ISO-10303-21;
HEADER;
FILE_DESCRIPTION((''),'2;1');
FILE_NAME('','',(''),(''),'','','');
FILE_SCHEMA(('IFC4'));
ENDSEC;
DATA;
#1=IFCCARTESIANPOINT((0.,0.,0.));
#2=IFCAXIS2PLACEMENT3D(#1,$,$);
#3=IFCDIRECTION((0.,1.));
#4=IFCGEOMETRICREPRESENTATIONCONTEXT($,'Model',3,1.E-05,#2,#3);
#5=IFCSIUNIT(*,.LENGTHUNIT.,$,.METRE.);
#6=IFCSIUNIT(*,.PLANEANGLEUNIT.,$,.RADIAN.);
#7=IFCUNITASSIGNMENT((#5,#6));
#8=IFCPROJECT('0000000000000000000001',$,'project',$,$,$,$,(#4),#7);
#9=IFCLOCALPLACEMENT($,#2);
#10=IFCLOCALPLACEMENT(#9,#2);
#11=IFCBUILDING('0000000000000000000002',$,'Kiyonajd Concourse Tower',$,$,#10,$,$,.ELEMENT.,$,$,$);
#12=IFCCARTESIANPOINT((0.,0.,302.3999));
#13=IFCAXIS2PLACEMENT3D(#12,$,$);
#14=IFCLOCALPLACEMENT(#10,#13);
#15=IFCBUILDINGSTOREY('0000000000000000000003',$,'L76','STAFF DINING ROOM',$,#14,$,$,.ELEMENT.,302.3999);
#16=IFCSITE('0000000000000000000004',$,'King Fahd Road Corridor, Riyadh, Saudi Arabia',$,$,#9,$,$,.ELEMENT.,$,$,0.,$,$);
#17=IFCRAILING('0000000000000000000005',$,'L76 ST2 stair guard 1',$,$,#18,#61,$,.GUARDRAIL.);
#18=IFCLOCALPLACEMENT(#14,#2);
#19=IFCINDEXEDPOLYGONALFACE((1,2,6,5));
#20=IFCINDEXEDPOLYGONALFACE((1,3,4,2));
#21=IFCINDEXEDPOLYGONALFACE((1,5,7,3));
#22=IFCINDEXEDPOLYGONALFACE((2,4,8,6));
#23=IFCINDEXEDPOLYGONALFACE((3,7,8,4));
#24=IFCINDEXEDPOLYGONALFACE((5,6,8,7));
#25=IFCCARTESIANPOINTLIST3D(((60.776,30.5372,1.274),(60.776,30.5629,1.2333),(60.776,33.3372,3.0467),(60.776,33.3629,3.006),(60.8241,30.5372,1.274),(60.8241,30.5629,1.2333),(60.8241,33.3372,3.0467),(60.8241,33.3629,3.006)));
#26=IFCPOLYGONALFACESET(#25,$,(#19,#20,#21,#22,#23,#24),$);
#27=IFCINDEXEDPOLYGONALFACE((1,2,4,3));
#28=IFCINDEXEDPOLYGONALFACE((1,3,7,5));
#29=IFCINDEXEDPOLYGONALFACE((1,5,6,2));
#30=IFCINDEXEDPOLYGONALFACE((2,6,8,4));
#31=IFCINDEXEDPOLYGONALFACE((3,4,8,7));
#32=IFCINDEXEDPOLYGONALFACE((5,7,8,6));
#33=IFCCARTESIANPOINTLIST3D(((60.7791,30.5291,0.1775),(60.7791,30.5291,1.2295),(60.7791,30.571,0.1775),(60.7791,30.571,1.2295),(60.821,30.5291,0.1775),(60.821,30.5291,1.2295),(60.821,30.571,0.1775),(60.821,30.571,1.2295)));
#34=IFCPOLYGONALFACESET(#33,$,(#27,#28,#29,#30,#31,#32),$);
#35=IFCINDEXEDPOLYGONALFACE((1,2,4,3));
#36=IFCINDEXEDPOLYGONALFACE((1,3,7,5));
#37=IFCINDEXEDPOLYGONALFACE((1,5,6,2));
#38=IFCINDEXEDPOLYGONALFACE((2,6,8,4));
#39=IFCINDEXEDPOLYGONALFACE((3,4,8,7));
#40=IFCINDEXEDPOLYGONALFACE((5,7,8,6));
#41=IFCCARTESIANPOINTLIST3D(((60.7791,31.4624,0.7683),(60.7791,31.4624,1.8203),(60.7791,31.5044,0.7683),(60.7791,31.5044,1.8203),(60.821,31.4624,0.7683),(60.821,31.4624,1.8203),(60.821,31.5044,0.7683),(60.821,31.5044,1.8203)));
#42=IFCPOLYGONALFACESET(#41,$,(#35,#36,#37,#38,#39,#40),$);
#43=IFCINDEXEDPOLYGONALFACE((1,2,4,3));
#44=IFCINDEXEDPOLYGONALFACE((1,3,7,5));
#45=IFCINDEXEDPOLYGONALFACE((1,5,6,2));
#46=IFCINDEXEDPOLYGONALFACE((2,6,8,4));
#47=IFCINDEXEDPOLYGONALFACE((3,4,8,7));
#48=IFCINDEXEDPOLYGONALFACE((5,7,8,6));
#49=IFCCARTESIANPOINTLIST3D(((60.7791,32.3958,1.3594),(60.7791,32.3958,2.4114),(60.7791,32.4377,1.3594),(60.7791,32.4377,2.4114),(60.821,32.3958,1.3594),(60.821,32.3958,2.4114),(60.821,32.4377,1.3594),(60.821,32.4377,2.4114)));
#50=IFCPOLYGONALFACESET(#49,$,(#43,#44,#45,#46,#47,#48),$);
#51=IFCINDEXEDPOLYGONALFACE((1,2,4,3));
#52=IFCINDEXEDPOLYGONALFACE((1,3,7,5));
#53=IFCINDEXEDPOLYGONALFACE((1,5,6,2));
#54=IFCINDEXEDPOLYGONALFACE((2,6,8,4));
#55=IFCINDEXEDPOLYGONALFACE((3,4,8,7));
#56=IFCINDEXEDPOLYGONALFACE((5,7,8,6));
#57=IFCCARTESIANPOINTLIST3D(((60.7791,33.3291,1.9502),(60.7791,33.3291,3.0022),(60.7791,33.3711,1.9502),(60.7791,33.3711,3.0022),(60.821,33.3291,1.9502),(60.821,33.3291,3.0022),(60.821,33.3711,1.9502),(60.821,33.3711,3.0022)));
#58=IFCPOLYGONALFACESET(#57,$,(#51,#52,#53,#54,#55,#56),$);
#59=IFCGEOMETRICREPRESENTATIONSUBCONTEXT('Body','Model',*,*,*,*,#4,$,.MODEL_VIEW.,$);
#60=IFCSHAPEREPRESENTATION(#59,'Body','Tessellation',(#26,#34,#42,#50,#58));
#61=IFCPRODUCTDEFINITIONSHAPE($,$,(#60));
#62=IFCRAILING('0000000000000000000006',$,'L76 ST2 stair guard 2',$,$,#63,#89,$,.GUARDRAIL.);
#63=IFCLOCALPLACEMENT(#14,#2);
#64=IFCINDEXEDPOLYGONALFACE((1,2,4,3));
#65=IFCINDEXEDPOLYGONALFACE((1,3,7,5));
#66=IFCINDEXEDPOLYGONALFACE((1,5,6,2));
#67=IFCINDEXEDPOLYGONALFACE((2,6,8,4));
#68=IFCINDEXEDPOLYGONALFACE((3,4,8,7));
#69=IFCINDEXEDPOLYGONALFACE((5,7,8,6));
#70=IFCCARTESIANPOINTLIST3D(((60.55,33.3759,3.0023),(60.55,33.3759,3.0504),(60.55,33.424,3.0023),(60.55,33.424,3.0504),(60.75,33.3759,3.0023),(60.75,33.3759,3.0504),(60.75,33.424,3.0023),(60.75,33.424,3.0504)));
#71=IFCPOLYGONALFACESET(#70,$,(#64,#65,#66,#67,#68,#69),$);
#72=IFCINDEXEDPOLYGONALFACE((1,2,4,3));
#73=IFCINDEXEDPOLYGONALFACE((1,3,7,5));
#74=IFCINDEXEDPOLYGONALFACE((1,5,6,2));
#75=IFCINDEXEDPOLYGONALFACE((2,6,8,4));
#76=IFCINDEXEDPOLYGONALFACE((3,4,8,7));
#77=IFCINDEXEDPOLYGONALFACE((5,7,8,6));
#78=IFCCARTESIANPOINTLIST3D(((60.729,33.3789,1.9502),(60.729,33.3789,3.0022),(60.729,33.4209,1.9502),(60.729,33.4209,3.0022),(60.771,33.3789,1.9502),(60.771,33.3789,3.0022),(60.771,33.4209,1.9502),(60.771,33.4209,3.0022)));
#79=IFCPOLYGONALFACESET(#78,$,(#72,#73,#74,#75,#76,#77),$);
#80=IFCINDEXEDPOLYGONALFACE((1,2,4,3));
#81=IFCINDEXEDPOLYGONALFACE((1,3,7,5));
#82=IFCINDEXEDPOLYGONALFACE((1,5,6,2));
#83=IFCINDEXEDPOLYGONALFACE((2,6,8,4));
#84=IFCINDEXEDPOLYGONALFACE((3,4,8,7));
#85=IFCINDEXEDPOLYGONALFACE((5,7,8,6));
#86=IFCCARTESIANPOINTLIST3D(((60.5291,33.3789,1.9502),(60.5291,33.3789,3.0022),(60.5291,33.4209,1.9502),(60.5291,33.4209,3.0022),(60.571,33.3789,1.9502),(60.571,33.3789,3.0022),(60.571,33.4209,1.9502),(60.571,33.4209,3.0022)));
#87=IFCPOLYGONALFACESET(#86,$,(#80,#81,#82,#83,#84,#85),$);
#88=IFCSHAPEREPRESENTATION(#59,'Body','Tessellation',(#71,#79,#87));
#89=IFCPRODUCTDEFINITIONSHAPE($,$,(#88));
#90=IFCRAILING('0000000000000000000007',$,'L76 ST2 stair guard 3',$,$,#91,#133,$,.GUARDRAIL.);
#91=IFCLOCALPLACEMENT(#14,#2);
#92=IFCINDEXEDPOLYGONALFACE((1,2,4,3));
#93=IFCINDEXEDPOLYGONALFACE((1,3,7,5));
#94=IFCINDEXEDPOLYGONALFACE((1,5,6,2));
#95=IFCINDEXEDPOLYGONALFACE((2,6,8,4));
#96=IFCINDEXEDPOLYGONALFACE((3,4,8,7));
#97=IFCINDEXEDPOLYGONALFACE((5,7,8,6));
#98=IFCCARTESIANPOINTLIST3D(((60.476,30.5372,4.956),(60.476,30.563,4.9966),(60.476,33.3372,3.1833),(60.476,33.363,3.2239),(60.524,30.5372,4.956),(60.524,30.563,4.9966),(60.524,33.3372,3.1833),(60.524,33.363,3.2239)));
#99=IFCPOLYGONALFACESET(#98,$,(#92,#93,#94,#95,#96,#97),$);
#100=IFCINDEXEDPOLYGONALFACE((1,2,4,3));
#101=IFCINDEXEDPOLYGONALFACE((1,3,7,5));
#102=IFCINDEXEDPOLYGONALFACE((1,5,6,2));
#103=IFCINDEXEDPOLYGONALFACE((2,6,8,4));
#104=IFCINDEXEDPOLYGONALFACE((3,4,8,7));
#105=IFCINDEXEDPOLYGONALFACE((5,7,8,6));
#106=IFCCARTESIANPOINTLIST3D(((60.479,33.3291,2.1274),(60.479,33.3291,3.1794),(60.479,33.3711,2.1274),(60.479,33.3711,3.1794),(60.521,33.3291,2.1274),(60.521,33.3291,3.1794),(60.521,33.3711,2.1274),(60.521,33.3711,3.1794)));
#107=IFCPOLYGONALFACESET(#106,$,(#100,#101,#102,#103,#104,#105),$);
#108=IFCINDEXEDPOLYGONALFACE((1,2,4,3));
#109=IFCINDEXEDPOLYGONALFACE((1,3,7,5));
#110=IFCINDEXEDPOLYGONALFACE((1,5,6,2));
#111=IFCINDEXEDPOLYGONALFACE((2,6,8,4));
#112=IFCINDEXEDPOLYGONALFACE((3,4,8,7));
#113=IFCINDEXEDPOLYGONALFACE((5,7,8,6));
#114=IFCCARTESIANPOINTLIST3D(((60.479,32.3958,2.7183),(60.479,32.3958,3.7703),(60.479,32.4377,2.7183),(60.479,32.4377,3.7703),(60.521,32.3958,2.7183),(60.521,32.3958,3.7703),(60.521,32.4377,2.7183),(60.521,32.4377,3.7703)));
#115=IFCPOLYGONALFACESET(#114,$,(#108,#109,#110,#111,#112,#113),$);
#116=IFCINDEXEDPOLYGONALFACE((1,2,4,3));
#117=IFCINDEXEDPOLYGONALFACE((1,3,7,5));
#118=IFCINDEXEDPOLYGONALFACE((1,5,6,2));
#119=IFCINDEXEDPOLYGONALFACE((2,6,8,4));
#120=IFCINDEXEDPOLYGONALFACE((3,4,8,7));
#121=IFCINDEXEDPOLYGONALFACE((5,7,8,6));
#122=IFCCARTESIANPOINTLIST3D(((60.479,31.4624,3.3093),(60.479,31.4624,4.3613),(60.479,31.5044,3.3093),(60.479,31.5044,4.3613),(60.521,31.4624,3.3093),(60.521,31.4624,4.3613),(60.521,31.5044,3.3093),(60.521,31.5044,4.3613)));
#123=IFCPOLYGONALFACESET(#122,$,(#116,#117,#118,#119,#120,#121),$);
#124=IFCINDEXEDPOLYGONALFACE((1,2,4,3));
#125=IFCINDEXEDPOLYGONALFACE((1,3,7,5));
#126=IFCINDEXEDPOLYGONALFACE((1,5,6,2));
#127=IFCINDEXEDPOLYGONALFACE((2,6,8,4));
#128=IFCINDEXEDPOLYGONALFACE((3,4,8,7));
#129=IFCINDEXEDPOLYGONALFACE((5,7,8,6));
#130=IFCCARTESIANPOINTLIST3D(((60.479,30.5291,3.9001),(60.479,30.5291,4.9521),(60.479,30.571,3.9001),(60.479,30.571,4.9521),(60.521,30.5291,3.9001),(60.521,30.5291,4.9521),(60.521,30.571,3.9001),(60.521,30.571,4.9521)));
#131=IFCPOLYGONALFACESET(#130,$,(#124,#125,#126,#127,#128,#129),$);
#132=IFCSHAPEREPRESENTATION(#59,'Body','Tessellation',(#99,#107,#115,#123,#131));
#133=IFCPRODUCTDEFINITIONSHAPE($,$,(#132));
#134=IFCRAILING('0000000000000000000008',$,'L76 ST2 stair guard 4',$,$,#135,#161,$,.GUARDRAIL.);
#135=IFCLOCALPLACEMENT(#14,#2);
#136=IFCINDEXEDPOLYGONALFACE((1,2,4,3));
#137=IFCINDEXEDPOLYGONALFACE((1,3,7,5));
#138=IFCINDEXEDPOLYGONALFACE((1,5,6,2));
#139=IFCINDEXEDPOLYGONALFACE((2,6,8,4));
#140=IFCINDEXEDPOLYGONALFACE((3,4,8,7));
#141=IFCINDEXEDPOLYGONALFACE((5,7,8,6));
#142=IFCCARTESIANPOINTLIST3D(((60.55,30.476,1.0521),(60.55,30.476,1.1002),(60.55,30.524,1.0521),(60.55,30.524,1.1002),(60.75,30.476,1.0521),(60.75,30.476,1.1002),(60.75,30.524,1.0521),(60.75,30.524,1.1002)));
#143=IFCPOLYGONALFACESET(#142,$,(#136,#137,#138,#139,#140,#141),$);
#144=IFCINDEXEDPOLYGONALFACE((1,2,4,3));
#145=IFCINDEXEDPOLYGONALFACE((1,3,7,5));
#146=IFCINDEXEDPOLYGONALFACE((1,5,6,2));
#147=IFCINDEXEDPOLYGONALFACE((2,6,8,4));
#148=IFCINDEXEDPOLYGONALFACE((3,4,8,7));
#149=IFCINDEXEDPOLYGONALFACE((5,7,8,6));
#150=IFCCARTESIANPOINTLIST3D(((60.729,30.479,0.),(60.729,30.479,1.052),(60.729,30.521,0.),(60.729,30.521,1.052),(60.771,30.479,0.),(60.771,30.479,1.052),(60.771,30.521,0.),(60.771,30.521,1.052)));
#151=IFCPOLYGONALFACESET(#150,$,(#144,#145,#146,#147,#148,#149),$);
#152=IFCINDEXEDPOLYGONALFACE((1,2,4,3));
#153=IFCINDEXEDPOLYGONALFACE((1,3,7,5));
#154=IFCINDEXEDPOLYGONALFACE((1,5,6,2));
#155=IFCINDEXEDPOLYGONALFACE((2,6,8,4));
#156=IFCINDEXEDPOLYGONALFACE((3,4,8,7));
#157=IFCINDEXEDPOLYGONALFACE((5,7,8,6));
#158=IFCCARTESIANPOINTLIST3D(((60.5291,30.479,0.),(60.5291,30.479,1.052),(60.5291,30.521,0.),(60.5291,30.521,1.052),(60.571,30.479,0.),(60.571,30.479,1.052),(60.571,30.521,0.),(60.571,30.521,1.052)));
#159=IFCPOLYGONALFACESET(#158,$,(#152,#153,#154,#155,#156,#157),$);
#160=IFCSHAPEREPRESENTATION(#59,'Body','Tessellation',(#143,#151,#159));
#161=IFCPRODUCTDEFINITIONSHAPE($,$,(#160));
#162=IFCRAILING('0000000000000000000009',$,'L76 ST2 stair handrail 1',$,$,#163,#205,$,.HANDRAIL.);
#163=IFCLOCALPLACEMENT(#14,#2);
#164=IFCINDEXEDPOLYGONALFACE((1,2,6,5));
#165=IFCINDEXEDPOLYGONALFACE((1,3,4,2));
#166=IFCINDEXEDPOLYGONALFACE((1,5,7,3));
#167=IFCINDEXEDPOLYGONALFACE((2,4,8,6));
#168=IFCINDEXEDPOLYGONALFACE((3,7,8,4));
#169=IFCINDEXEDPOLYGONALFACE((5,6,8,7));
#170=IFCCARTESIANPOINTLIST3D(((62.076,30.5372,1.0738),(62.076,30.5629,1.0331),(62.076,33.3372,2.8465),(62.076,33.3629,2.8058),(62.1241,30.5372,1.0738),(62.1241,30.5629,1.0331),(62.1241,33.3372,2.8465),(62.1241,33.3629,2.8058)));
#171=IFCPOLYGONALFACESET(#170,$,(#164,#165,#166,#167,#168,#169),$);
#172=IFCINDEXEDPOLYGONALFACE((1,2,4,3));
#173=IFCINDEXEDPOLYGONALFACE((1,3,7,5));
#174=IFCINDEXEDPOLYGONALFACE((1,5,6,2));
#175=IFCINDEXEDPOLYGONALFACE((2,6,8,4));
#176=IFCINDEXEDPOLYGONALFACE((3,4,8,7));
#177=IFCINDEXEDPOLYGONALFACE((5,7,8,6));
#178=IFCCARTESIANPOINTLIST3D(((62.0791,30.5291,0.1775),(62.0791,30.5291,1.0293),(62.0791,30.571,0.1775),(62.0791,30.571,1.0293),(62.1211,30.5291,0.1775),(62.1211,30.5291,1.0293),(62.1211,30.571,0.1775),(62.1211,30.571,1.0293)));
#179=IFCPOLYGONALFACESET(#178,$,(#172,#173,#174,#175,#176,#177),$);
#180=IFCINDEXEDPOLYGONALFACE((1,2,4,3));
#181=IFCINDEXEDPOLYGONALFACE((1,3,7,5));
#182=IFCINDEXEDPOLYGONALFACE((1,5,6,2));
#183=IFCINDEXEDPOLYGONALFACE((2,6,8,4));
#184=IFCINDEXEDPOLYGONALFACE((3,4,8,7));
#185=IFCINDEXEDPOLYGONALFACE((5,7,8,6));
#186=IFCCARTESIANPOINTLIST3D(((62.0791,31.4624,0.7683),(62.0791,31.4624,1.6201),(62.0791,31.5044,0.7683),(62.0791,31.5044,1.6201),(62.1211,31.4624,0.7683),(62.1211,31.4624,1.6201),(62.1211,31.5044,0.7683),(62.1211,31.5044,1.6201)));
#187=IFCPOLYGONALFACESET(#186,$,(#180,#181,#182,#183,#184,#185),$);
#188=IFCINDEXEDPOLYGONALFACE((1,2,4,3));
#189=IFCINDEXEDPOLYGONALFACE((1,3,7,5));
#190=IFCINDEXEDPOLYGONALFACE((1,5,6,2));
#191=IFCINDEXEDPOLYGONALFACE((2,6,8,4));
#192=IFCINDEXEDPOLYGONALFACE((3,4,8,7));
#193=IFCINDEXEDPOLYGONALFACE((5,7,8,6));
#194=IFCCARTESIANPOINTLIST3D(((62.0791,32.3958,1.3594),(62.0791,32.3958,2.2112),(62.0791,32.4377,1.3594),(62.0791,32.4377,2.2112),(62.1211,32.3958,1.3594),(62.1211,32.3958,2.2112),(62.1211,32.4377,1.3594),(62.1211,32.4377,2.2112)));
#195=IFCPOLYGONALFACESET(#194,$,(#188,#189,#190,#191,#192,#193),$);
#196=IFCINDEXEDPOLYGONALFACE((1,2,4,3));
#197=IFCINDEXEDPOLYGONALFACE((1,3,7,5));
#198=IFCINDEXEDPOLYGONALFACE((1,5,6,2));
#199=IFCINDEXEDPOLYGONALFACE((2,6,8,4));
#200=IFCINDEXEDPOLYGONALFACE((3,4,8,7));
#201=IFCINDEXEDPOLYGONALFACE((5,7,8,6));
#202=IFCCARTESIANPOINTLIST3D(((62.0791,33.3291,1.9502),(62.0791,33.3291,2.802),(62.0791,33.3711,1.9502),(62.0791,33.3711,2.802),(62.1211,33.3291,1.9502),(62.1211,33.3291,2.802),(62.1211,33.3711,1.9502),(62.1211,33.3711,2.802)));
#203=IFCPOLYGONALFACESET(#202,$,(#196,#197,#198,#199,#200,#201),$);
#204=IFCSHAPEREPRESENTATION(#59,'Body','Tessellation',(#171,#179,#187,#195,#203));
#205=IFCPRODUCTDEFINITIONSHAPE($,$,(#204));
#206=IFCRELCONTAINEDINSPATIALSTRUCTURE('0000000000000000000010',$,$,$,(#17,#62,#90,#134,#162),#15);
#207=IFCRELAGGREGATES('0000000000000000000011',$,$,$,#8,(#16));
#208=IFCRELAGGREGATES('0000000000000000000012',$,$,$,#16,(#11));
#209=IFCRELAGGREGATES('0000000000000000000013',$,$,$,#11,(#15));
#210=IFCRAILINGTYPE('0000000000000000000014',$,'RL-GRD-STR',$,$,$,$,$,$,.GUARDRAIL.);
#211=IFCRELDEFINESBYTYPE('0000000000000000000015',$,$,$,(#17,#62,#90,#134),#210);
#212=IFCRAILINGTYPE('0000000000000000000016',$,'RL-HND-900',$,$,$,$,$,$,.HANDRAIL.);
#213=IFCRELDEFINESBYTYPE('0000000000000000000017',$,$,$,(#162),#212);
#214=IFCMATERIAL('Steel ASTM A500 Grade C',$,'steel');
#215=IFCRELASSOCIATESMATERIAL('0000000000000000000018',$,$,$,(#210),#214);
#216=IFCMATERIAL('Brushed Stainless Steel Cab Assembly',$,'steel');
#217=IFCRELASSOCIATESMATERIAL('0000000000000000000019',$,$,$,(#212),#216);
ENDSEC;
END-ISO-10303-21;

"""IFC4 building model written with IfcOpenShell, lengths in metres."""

from ifc_helpers import new_model, si_unit, direction, frame, origin, origin_2d, place, context, subcontext, project, spatial, rectangle, extrude, material, type_object, element, save


model = new_model("IFC4")

# Units and contexts
model_context = context("Model", 3, precision=1e-05, world=origin(), true_north=direction((0.0, 1.0)))
body_context = subcontext(model_context, "Body", "Model", "MODEL_VIEW")
ifc_project = project(units=[si_unit("LENGTHUNIT", "METRE"), si_unit("PLANEANGLEUNIT", "RADIAN")], contexts=[model_context])

# Site, building, storey
site_placement = place(None, origin())
site = spatial("IfcSite", under=ifc_project, at=site_placement, Name="King Fahd Road Corridor, Riyadh, Saudi Arabia", CompositionType="ELEMENT", RefElevation=0.0)
building_placement = place(site_placement, origin())
building = spatial("IfcBuilding", under=site, at=building_placement, Name="Kiyonajd Concourse Tower", CompositionType="ELEMENT")
storey_placement = place(building_placement, frame((0.0, 0.0, 302.3999)))
storey = spatial("IfcBuildingStorey", under=building, at=storey_placement, Name="L76", Description="STAFF DINING ROOM", CompositionType="ELEMENT", Elevation=302.3999)

# Railings
ifc_material_1 = material(Name="Steel ASTM A500 Grade C", Category="steel")
railing_type_1 = type_object("IfcRailingType", Name="RL-GRD-STR", PredefinedType="GUARDRAIL", material=ifc_material_1)
railing_1_placement = place(storey_placement, frame((60.8, 30.55, 0.1775)))
element("IfcRailing", 1, at=railing_1_placement, inside=storey, type_object=railing_type_1, Name="L76 ST2 stair guard 1", PredefinedType="GUARDRAIL", context=body_context, shape_type="SweptSolid", body=[
    extrude(rectangle(XDim=0.0481, YDim=0.0481, at=origin_2d()), frame((0.0, 0.0, 1.0762), z_axis=(0.0, 0.844909, 0.53491), x_axis=(-1.0, 0.0, 0.0)), (0.0, 0.0, 1.0), 3.314),
    extrude(rectangle(XDim=0.042, YDim=0.042, at=origin_2d()), origin(), (0.0, 0.0, 1.0), 1.052),
    extrude(rectangle(XDim=0.042, YDim=0.042, at=origin_2d()), frame((0.0, 0.9333, 0.5908)), (0.0, 0.0, 1.0), 1.052),
    extrude(rectangle(XDim=0.042, YDim=0.042, at=origin_2d()), frame((0.0, 1.8667, 1.1819)), (0.0, 0.0, 1.0), 1.052),
    extrude(rectangle(XDim=0.042, YDim=0.042, at=origin_2d()), frame((0.0, 2.8, 1.7727)), (0.0, 0.0, 1.0), 1.052),
])
railing_2_placement = place(storey_placement, frame((60.75, 33.3999, 1.9502)))
element("IfcRailing", 2, at=railing_2_placement, inside=storey, type_object=railing_type_1, Name="L76 ST2 stair guard 2", PredefinedType="GUARDRAIL", context=body_context, shape_type="SweptSolid", body=[
    extrude(rectangle(XDim=0.0481, YDim=0.0481, at=origin_2d()), frame((0.0, 0.0, 1.0762), z_axis=(-1.0, 0.0, 0.0), x_axis=(0.0, -1.0, 0.0)), (0.0, 0.0, 1.0), 0.2),
    extrude(rectangle(XDim=0.042, YDim=0.042, at=origin_2d()), origin(), (0.0, 0.0, 1.0), 1.052),
    extrude(rectangle(XDim=0.042, YDim=0.042, at=origin_2d()), frame((-0.2, 0.0, 0.0)), (0.0, 0.0, 1.0), 1.052),
])
railing_3_placement = place(storey_placement, frame((60.5, 33.3501, 2.1274)))
element("IfcRailing", 3, at=railing_3_placement, inside=storey, type_object=railing_type_1, Name="L76 ST2 stair guard 3", PredefinedType="GUARDRAIL", context=body_context, shape_type="SweptSolid", body=[
    extrude(rectangle(XDim=0.0481, YDim=0.0481, at=origin_2d()), frame((0.0, 0.0, 1.0762), z_axis=(0.0, -0.844909, 0.53491), x_axis=(1.0, 0.0, 0.0)), (0.0, 0.0, 1.0), 3.314),
    extrude(rectangle(XDim=0.042, YDim=0.042, at=origin_2d()), origin(), (0.0, 0.0, 1.0), 1.052),
    extrude(rectangle(XDim=0.042, YDim=0.042, at=origin_2d()), frame((0.0, -0.9333, 0.5908)), (0.0, 0.0, 1.0), 1.052),
    extrude(rectangle(XDim=0.042, YDim=0.042, at=origin_2d()), frame((0.0, -1.8667, 1.1819)), (0.0, 0.0, 1.0), 1.052),
    extrude(rectangle(XDim=0.042, YDim=0.042, at=origin_2d()), frame((0.0, -2.8, 1.7727)), (0.0, 0.0, 1.0), 1.052),
])
railing_4_placement = place(storey_placement, frame((60.75, 30.5, 0.0)))
element("IfcRailing", 4, at=railing_4_placement, inside=storey, type_object=railing_type_1, Name="L76 ST2 stair guard 4", PredefinedType="GUARDRAIL", context=body_context, shape_type="SweptSolid", body=[
    extrude(rectangle(XDim=0.0481, YDim=0.0481, at=origin_2d()), frame((0.0, 0.0, 1.0762), z_axis=(-1.0, 0.0, 0.0), x_axis=(0.0, -1.0, 0.0)), (0.0, 0.0, 1.0), 0.2),
    extrude(rectangle(XDim=0.042, YDim=0.042, at=origin_2d()), origin(), (0.0, 0.0, 1.0), 1.052),
    extrude(rectangle(XDim=0.042, YDim=0.042, at=origin_2d()), frame((-0.2, 0.0, 0.0)), (0.0, 0.0, 1.0), 1.052),
])
ifc_material_2 = material(Name="Brushed Stainless Steel Cab Assembly", Category="steel")
railing_type_2 = type_object("IfcRailingType", Name="RL-HND-900", PredefinedType="HANDRAIL", material=ifc_material_2)
railing_5_placement = place(storey_placement, frame((62.1001, 30.55, 0.1775)))
element("IfcRailing", 5, at=railing_5_placement, inside=storey, type_object=railing_type_2, Name="L76 ST2 stair handrail 1", PredefinedType="HANDRAIL", context=body_context, shape_type="SweptSolid", body=[
    extrude(rectangle(XDim=0.0481, YDim=0.0481, at=origin_2d()), frame((0.0, 0.0, 0.876), z_axis=(0.0, 0.844909, 0.53491), x_axis=(-1.0, 0.0, 0.0)), (0.0, 0.0, 1.0), 3.314),
    extrude(rectangle(XDim=0.042, YDim=0.042, at=origin_2d()), origin(), (0.0, 0.0, 1.0), 0.8518),
    extrude(rectangle(XDim=0.042, YDim=0.042, at=origin_2d()), frame((0.0, 0.9333, 0.5908)), (0.0, 0.0, 1.0), 0.8518),
    extrude(rectangle(XDim=0.042, YDim=0.042, at=origin_2d()), frame((0.0, 1.8667, 1.1819)), (0.0, 0.0, 1.0), 0.8518),
    extrude(rectangle(XDim=0.042, YDim=0.042, at=origin_2d()), frame((0.0, 2.8, 1.7727)), (0.0, 0.0, 1.0), 0.8518),
])

save(model, "model.ifc")
